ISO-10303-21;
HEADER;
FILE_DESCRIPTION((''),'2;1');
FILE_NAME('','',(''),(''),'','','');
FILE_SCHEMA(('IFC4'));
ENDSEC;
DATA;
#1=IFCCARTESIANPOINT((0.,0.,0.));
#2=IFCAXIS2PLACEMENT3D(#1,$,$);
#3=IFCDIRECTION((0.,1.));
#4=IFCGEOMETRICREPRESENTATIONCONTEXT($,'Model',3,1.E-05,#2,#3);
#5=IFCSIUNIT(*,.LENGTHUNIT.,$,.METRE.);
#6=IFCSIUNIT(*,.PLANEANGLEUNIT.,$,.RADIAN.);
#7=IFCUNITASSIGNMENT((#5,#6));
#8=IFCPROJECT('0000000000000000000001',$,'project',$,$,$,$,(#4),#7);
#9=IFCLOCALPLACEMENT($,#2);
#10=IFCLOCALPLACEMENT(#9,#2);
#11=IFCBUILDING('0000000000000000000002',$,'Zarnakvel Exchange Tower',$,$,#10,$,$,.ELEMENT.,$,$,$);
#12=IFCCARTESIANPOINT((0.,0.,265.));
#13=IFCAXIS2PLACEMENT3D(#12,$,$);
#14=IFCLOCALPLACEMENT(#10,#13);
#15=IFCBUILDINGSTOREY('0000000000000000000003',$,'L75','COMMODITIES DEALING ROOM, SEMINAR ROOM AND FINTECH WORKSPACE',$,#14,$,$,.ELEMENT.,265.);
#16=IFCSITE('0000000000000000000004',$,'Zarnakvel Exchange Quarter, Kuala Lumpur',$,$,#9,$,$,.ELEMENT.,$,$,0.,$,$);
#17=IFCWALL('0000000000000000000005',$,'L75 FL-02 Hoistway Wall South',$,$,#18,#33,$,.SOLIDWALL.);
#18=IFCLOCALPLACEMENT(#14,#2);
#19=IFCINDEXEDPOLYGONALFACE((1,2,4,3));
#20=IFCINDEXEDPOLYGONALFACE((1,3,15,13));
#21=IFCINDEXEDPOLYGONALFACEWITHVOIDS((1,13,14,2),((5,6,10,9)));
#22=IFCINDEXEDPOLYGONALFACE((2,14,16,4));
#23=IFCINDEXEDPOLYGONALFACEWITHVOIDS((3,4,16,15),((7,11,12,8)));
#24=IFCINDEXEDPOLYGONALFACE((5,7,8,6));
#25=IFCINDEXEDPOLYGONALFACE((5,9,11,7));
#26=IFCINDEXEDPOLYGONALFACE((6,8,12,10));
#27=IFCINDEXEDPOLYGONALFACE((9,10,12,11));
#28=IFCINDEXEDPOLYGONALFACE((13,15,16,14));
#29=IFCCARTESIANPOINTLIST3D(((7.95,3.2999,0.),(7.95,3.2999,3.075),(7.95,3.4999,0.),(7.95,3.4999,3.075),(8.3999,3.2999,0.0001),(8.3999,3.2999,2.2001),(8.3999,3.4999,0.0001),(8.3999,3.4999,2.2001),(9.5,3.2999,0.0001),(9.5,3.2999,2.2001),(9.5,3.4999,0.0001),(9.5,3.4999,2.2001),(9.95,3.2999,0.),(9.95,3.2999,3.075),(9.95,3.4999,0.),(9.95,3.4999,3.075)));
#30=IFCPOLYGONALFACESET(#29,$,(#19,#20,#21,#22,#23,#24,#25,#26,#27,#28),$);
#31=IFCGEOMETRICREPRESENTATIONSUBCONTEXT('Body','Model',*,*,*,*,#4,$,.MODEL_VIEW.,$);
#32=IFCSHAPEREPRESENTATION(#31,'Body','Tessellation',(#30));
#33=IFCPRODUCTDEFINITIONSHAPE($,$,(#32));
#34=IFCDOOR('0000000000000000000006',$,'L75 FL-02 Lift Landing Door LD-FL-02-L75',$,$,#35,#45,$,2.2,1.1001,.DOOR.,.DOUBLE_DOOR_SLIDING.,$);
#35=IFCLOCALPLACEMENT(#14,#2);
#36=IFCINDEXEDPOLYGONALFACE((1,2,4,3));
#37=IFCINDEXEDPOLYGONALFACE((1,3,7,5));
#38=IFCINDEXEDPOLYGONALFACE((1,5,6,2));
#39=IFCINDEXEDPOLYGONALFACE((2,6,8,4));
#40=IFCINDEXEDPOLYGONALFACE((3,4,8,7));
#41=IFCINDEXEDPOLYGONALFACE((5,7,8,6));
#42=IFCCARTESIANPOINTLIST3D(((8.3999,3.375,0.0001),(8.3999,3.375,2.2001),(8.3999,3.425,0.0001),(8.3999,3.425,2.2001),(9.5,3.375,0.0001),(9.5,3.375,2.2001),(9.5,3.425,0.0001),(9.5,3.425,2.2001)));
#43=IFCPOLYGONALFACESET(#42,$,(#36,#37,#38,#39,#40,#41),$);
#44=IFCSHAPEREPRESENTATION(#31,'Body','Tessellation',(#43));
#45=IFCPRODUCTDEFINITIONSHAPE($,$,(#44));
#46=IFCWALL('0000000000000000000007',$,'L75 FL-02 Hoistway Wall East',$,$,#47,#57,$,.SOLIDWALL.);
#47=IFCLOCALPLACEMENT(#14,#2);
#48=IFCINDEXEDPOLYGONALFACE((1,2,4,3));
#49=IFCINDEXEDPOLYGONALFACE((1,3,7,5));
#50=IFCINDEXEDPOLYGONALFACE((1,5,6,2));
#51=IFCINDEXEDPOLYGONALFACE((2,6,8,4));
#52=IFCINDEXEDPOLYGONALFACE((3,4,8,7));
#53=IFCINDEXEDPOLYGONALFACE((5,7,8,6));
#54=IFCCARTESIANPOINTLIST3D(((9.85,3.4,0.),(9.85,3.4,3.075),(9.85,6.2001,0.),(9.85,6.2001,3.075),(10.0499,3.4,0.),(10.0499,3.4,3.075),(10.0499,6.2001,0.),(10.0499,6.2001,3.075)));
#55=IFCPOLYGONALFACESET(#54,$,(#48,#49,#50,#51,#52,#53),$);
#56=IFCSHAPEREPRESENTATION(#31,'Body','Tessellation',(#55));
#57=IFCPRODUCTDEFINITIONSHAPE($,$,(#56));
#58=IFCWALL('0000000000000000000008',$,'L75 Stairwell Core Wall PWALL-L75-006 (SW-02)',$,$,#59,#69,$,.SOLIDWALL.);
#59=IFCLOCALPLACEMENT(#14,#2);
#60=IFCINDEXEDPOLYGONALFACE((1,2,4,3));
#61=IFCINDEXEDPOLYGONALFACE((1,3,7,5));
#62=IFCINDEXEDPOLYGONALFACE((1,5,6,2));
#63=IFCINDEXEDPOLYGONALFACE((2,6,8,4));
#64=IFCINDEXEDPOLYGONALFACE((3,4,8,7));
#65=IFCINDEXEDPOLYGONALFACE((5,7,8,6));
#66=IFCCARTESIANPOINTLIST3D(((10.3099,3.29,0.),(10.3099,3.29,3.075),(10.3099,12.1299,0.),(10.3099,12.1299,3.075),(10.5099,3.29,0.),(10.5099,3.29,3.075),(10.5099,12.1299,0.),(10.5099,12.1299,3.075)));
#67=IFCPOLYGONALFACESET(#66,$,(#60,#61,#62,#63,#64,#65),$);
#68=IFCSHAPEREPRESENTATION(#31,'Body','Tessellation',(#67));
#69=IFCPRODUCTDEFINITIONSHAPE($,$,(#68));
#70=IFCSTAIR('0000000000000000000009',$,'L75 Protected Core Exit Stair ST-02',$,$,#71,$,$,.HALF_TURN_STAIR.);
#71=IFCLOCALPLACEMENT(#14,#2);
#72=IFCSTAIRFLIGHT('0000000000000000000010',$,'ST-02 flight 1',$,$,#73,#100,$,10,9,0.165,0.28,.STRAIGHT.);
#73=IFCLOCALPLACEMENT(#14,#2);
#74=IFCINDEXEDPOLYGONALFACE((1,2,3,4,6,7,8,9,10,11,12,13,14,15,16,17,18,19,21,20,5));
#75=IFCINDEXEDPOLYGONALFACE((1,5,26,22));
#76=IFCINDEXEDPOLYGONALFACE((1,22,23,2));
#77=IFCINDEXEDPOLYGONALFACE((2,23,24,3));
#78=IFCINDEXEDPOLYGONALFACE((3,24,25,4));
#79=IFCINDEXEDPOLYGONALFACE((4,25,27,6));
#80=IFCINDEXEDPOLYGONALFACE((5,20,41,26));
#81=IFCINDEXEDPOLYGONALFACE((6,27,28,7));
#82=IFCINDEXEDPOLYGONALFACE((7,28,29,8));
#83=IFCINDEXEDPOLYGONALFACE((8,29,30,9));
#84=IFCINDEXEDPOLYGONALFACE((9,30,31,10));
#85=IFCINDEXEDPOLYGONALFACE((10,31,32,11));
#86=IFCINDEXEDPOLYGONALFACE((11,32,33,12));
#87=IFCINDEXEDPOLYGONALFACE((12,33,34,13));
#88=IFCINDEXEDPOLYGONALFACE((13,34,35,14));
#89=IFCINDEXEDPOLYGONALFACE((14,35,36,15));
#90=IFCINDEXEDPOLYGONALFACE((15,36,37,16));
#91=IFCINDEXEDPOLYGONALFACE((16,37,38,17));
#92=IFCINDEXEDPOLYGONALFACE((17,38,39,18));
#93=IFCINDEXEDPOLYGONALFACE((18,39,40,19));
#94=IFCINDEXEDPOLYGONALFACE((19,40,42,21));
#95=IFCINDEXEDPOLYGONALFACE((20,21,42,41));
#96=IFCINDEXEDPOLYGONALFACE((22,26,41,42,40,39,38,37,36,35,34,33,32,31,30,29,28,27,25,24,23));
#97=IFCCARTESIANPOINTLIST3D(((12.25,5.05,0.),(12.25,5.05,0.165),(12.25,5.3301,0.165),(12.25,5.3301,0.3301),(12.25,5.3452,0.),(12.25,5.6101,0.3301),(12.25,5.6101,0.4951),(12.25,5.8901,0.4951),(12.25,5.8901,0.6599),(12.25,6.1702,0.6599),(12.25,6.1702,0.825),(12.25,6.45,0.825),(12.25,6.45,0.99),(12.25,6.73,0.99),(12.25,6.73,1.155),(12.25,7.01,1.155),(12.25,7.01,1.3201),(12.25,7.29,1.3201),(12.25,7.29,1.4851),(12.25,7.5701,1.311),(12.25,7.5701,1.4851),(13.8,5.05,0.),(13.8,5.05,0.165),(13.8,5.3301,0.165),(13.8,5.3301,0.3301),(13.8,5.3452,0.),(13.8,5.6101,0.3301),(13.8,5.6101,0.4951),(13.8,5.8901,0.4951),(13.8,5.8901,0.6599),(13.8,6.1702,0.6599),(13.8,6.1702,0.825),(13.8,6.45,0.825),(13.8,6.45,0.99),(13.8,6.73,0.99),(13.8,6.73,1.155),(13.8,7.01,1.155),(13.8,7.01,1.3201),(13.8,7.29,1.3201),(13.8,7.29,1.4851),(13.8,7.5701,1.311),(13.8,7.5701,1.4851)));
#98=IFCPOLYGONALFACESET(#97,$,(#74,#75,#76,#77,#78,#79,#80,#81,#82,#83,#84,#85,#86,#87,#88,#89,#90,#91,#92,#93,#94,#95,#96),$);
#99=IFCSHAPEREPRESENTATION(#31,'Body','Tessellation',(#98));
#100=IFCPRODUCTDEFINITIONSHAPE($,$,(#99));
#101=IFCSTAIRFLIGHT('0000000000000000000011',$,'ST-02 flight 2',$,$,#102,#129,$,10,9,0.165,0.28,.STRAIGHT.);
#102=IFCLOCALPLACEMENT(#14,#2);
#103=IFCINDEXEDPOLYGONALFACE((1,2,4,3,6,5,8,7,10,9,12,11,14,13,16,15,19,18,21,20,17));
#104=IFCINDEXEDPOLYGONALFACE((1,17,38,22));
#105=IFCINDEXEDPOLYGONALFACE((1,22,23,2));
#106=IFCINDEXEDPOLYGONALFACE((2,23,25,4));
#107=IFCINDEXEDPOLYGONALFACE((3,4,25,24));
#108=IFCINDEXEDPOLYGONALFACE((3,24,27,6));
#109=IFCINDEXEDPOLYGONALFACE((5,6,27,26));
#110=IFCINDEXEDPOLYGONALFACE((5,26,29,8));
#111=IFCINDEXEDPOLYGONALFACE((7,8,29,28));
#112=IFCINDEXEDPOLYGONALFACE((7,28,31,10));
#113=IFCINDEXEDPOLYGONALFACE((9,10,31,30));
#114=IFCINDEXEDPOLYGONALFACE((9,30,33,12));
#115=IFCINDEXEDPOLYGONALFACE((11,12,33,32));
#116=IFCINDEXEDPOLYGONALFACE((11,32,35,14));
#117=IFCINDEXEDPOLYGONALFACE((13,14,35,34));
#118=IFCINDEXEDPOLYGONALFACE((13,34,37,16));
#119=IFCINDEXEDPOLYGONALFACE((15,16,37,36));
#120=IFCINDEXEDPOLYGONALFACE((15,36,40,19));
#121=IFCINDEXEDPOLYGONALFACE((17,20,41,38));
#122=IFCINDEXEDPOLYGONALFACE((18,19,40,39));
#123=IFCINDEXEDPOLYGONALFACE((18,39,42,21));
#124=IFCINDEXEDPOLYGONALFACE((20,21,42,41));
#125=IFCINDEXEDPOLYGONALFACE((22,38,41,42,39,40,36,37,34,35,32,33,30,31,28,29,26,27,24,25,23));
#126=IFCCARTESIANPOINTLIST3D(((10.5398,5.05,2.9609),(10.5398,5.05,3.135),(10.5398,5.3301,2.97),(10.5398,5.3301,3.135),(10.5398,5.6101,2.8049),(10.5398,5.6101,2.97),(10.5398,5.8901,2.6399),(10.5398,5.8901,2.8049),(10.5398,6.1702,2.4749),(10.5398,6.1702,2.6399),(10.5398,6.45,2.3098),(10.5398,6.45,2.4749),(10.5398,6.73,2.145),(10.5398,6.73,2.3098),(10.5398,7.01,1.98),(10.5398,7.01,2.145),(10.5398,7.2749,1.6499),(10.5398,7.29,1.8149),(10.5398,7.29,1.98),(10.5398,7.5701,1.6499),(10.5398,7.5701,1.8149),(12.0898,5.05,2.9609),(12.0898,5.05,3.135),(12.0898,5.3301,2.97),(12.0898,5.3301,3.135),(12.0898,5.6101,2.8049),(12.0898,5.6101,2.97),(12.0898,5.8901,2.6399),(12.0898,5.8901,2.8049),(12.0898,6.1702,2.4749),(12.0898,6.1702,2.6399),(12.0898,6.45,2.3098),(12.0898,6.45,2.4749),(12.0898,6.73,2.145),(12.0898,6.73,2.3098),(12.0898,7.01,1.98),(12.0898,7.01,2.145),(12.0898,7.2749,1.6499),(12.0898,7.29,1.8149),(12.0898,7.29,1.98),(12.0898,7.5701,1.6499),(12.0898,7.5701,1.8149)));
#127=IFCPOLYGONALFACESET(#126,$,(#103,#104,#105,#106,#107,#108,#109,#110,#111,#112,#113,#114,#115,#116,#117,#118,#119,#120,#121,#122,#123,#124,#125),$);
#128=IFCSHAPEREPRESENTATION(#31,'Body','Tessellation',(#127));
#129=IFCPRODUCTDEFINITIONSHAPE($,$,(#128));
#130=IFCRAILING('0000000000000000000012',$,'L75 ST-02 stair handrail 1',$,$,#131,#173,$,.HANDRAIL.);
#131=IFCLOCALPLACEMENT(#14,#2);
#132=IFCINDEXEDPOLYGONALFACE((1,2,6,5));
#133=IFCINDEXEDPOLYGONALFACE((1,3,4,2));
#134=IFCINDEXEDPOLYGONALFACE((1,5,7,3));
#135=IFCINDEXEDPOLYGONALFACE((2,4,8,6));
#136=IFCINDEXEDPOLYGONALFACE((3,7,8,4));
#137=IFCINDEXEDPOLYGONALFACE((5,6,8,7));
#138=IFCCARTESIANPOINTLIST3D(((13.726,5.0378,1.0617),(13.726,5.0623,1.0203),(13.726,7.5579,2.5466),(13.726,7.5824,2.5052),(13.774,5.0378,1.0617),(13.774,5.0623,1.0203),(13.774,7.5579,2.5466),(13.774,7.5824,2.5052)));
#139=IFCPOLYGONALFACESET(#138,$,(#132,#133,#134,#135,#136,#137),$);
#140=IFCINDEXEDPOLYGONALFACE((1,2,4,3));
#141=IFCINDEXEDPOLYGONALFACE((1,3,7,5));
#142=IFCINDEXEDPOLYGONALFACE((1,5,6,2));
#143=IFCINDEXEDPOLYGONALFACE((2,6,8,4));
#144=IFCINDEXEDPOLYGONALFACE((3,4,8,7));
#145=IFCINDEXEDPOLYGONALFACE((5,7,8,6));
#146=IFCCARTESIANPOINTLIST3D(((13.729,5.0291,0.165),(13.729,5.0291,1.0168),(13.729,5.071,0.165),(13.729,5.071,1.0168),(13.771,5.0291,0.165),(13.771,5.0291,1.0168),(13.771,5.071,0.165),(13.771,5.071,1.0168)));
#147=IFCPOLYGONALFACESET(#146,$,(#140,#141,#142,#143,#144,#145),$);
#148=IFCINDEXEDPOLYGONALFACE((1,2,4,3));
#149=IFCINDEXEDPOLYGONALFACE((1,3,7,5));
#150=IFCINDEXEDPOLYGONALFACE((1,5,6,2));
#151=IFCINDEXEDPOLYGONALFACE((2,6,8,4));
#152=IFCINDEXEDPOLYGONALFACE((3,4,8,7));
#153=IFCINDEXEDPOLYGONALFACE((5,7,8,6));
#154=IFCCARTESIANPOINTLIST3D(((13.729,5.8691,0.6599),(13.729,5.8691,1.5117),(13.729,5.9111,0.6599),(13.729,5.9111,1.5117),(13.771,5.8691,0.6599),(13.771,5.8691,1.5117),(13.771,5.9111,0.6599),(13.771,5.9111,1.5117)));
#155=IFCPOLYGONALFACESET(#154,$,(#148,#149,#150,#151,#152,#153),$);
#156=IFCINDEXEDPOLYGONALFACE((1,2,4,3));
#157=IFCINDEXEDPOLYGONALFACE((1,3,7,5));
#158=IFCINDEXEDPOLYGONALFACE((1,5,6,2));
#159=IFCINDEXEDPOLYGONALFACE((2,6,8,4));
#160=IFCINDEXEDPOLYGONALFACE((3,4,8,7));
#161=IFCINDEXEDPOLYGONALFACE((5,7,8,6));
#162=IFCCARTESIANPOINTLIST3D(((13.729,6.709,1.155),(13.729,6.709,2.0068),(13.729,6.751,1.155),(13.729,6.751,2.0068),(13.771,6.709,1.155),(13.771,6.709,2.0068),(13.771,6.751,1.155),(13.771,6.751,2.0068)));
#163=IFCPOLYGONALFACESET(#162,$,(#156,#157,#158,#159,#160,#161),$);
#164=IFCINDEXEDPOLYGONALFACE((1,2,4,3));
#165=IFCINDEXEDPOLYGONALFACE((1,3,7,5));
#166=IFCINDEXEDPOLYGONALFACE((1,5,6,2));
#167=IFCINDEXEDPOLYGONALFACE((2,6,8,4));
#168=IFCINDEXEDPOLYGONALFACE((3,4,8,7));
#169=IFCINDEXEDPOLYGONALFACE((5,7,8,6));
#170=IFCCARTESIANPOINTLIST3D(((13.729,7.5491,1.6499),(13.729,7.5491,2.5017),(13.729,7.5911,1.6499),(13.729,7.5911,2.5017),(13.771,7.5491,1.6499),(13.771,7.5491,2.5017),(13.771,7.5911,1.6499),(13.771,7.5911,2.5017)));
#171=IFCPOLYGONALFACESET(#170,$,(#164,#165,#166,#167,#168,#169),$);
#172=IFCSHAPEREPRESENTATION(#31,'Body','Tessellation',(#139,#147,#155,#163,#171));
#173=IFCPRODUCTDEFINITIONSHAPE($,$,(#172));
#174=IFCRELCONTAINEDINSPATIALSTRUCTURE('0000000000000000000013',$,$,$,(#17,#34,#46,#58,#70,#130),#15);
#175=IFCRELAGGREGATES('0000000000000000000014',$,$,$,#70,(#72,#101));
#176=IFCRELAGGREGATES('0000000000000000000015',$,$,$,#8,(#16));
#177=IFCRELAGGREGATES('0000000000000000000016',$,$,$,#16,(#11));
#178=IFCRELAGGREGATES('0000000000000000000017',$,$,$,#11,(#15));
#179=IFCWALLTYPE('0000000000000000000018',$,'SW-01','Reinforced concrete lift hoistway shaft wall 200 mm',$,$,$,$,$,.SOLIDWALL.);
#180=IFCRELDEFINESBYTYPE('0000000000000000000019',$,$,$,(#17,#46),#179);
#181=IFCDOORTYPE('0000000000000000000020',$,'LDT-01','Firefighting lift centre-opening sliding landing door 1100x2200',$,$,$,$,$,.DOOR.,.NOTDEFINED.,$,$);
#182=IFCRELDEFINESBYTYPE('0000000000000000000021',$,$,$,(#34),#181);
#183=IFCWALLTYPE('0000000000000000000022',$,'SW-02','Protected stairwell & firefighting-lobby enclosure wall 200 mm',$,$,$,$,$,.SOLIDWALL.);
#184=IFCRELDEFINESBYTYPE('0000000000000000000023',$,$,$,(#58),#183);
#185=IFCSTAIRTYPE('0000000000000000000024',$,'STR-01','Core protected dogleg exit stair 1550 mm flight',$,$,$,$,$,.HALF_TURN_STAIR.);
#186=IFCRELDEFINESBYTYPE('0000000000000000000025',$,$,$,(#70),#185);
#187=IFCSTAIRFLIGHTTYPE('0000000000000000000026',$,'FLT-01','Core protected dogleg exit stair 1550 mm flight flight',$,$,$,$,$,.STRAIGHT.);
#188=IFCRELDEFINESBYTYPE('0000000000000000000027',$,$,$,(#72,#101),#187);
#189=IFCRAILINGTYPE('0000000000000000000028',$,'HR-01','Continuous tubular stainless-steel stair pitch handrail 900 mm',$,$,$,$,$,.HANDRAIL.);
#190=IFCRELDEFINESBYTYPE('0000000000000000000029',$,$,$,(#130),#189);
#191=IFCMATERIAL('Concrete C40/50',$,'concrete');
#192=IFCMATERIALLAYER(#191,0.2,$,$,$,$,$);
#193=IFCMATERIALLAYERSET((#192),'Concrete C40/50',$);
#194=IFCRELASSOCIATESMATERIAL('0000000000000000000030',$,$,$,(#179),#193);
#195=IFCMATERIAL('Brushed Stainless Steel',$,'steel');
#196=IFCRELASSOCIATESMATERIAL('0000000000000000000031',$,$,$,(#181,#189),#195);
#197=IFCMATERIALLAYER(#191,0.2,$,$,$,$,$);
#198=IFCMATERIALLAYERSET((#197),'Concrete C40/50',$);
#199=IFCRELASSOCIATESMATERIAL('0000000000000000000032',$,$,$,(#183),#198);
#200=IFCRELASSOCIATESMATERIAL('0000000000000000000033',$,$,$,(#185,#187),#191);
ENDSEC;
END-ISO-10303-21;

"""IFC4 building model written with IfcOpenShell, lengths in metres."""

from ifc_helpers import new_model, si_unit, direction, frame, frame_2d, origin, origin_2d, place, context, subcontext, project, spatial, polyline, rectangle, outline, extrude, source, transform, mapped, material, layer, layer_set, type_object, element, fill, aggregate, save


model = new_model("IFC4")

# Units and contexts
model_context = context("Model", 3, precision=1e-05, world=origin(), true_north=direction((0.0, 1.0)))
body_context = subcontext(model_context, "Body", "Model", "MODEL_VIEW")
ifc_project = project(units=[si_unit("LENGTHUNIT", "METRE"), si_unit("PLANEANGLEUNIT", "RADIAN")], contexts=[model_context])

# Site, building, storey
site_placement = place(None, origin())
site = spatial("IfcSite", under=ifc_project, at=site_placement, Name="Zarnakvel Exchange Quarter, Kuala Lumpur", CompositionType="ELEMENT", RefElevation=0.0)
building_placement = place(site_placement, origin())
building = spatial("IfcBuilding", under=site, at=building_placement, Name="Zarnakvel Exchange Tower", CompositionType="ELEMENT")
storey_placement = place(building_placement, frame((0.0, 0.0, 265.0)))
storey = spatial("IfcBuildingStorey", under=building, at=storey_placement, Name="L75", Description="COMMODITIES DEALING ROOM, SEMINAR ROOM AND FINTECH WORKSPACE", CompositionType="ELEMENT", Elevation=265.0)

# Wall, opening, door
ifc_material_1 = material(Name="Concrete C40/50", Category="concrete")
ifc_layer_1 = layer(ifc_material_1, 0.2)
ifc_layer_set_1 = layer_set([ifc_layer_1], Name="Concrete C40/50")
wall_type_1 = type_object("IfcWallType", Name="SW-01", Description="Reinforced concrete lift hoistway shaft wall 200 mm", PredefinedType="SOLIDWALL", material=ifc_layer_set_1)
wall_1_placement = place(storey_placement, frame((9.95, 3.3999, 0.0), z_axis=(0.0, 0.0, 1.0), x_axis=(-1.0, 0.0, 0.0)))
wall_1 = element("IfcWall", 1, at=wall_1_placement, inside=storey, type_object=wall_type_1, Name="L75 FL-02 Hoistway Wall South", PredefinedType="SOLIDWALL", context=body_context, shape_type="SweptSolid", body=[
    extrude(rectangle(XDim=2.0, YDim=0.2, at=frame_2d((1.0, 0.0))), origin(), (0.0, 0.0, 1.0), 3.075),
])
opening_1_placement = place(wall_1_placement, frame((0.45, 0.0, 0.0)))
opening_1 = element("IfcOpeningElement", 2, at=opening_1_placement, cuts=wall_1, PredefinedType="OPENING", context=body_context, shape_type="SweptSolid", body=[
    extrude(rectangle(XDim=1.1001, YDim=2.2, at=frame_2d((0.55, 1.1001))), frame((0.0, 0.1099, 0.0), z_axis=(0.0, -1.0, 0.0), x_axis=(1.0, 0.0, 0.0)), (0.0, 0.0, 1.0), 0.22),
])
ifc_material_2 = material(Name="Brushed Stainless Steel", Category="steel")
door_type_1 = type_object("IfcDoorType", Name="LDT-01", Description="Firefighting lift centre-opening sliding landing door 1100x2200", OperationType="NOTDEFINED", PredefinedType="DOOR", material=ifc_material_2)
shared_shape_1 = source(origin(), body_context, "Body", "SweptSolid", [
    extrude(rectangle(XDim=1.1001, YDim=2.2, at=frame_2d((0.55, 1.1001))), frame((0.0, 0.0249, 0.0), z_axis=(0.0, -1.0, 0.0), x_axis=(1.0, 0.0, 0.0)), (0.0, 0.0, 1.0), 0.05),
])
door_1_placement = place(opening_1_placement, origin())
door_1 = element("IfcDoor", 3, at=door_1_placement, inside=storey, type_object=door_type_1, Name="L75 FL-02 Lift Landing Door LD-FL-02-L75", OperationType="DOUBLE_DOOR_SLIDING", OverallHeight=2.2, OverallWidth=1.1001, PredefinedType="DOOR", context=body_context, shape_type="MappedRepresentation", body=[
    mapped(shared_shape_1, transform((0.0, 0.0, 0.0), x_axis=(1.0, 0.0, 0.0), y_axis=(0.0, 1.0, 0.0), z_axis=(0.0, 0.0, 1.0), scale=1.0)),
])
fill(opening_1, door_1)

# Wall
wall_2_placement = place(storey_placement, frame((9.95, 6.2, 0.0), z_axis=(0.0, 0.0, 1.0), x_axis=(0.0, -1.0, 0.0)))
element("IfcWall", 4, at=wall_2_placement, inside=storey, type_object=wall_type_1, Name="L75 FL-02 Hoistway Wall East", PredefinedType="SOLIDWALL", context=body_context, shape_type="SweptSolid", body=[
    extrude(rectangle(XDim=2.8, YDim=0.2, at=frame_2d((1.3999, 0.0))), origin(), (0.0, 0.0, 1.0), 3.075),
])

# Shared definitions
ifc_layer_2 = layer(ifc_material_1, 0.2)
ifc_layer_set_2 = layer_set([ifc_layer_2], Name="Concrete C40/50")
wall_type_2 = type_object("IfcWallType", Name="SW-02", Description="Protected stairwell & firefighting-lobby enclosure wall 200 mm", PredefinedType="SOLIDWALL", material=ifc_layer_set_2)

# Wall
wall_3_placement = place(storey_placement, frame((10.4099, 3.29, 0.0), z_axis=(0.0, 0.0, 1.0), x_axis=(0.0, 1.0, 0.0)))
element("IfcWall", 5, at=wall_3_placement, inside=storey, type_object=wall_type_2, Name="L75 Stairwell Core Wall PWALL-L75-006 (SW-02)", PredefinedType="SOLIDWALL", context=body_context, shape_type="SweptSolid", body=[
    extrude(rectangle(XDim=8.8398, YDim=0.2, at=frame_2d((4.4199, 0.0))), origin(), (0.0, 0.0, 1.0), 3.075),
])

# Stair, stair flights
stair_type = type_object("IfcStairType", Name="STR-01", Description="Core protected dogleg exit stair 1550 mm flight", PredefinedType="HALF_TURN_STAIR", material=ifc_material_1)
stair_placement = place(storey_placement, origin())
stair = element("IfcStair", 6, at=stair_placement, inside=storey, type_object=stair_type, Name="L75 Protected Core Exit Stair ST-02", PredefinedType="HALF_TURN_STAIR")
stair_flight_type = type_object("IfcStairFlightType", Name="FLT-01", Description="Core protected dogleg exit stair 1550 mm flight flight", PredefinedType="STRAIGHT", material=ifc_material_1)
stair_flight_1_placement = place(storey_placement, frame((13.0249, 5.05, 0.0), z_axis=(0.0, 0.0, 1.0), x_axis=(0.0, 1.0, 0.0)))
stair_flight_1 = element("IfcStairFlight", 7, at=stair_flight_1_placement, type_object=stair_flight_type, Name="ST-02 flight 1", NumberOfRisers=10, NumberOfTreads=9, PredefinedType="STRAIGHT", RiserHeight=0.165, TreadLength=0.28, context=body_context, shape_type="SweptSolid", body=[
    extrude(outline(polyline([(0.0, 0.0), (0.0, 0.165), (0.28, 0.165), (0.28, 0.3301), (0.5601, 0.3301), (0.5601, 0.4951), (0.8401, 0.4951), (0.8401, 0.6599), (1.1201, 0.6599), (1.1201, 0.825), (1.3999, 0.825), (1.3999, 0.99), (1.6799, 0.99), (1.6799, 1.155), (1.96, 1.155), (1.96, 1.3201), (2.24, 1.3201), (2.24, 1.4851), (2.52, 1.4851), (2.52, 1.6499), (2.52, 1.311), (0.2952, 0.0), (0.0, 0.0)])), frame((0.0, 0.7749, 0.0), z_axis=(0.0, -1.0, 0.0), x_axis=(1.0, 0.0, 0.0)), (0.0, 0.0, 1.0), 1.55),
])
stair_flight_2_placement = place(storey_placement, frame((11.3149, 7.5701, 1.6499), z_axis=(0.0, 0.0, 1.0), x_axis=(0.0, -1.0, 0.0)))
stair_flight_2 = element("IfcStairFlight", 8, at=stair_flight_2_placement, type_object=stair_flight_type, Name="ST-02 flight 2", NumberOfRisers=10, NumberOfTreads=9, PredefinedType="STRAIGHT", RiserHeight=0.165, TreadLength=0.28, context=body_context, shape_type="SweptSolid", body=[
    extrude(outline(polyline([(0.0, 0.0), (0.0, 0.165), (0.28, 0.165), (0.28, 0.3301), (0.5601, 0.3301), (0.5601, 0.4951), (0.8401, 0.4951), (0.8401, 0.6599), (1.1201, 0.6599), (1.1201, 0.825), (1.3999, 0.825), (1.3999, 0.99), (1.6799, 0.99), (1.6799, 1.155), (1.96, 1.155), (1.96, 1.3201), (2.24, 1.3201), (2.24, 1.4851), (2.52, 1.4851), (2.52, 1.6499), (2.52, 1.311), (0.2952, 0.0), (0.0, 0.0)])), frame((0.0, 0.7749, 0.0), z_axis=(0.0, -1.0, 0.0), x_axis=(1.0, 0.0, 0.0)), (0.0, 0.0, 1.0), 1.55),
])
aggregate(stair, [stair_flight_1, stair_flight_2])

# Railing
railing_type_1 = type_object("IfcRailingType", Name="HR-01", Description="Continuous tubular stainless-steel stair pitch handrail 900 mm", PredefinedType="HANDRAIL", material=ifc_material_2)
railing_1_placement = place(storey_placement, frame((13.75, 5.05, 0.165)))
element("IfcRailing", 9, at=railing_1_placement, inside=storey, type_object=railing_type_1, Name="L75 ST-02 stair handrail 1", PredefinedType="HANDRAIL", context=body_context, shape_type="SweptSolid", body=[
    extrude(rectangle(XDim=0.0481, YDim=0.0481, at=origin_2d()), frame((0.0, 0.0, 0.876), z_axis=(0.0, 0.861561, 0.507655), x_axis=(-1.0, 0.0, 0.0)), (0.0, 0.0, 1.0), 2.925),
    extrude(rectangle(XDim=0.042, YDim=0.042, at=origin_2d()), origin(), (0.0, 0.0, 1.0), 0.8518),
    extrude(rectangle(XDim=0.042, YDim=0.042, at=origin_2d()), frame((0.0, 0.8401, 0.4949)), (0.0, 0.0, 1.0), 0.8518),
    extrude(rectangle(XDim=0.042, YDim=0.042, at=origin_2d()), frame((0.0, 1.6799, 0.99)), (0.0, 0.0, 1.0), 0.8518),
    extrude(rectangle(XDim=0.042, YDim=0.042, at=origin_2d()), frame((0.0, 2.52, 1.4849)), (0.0, 0.0, 1.0), 0.8518),
])

save(model, "model.ifc")
